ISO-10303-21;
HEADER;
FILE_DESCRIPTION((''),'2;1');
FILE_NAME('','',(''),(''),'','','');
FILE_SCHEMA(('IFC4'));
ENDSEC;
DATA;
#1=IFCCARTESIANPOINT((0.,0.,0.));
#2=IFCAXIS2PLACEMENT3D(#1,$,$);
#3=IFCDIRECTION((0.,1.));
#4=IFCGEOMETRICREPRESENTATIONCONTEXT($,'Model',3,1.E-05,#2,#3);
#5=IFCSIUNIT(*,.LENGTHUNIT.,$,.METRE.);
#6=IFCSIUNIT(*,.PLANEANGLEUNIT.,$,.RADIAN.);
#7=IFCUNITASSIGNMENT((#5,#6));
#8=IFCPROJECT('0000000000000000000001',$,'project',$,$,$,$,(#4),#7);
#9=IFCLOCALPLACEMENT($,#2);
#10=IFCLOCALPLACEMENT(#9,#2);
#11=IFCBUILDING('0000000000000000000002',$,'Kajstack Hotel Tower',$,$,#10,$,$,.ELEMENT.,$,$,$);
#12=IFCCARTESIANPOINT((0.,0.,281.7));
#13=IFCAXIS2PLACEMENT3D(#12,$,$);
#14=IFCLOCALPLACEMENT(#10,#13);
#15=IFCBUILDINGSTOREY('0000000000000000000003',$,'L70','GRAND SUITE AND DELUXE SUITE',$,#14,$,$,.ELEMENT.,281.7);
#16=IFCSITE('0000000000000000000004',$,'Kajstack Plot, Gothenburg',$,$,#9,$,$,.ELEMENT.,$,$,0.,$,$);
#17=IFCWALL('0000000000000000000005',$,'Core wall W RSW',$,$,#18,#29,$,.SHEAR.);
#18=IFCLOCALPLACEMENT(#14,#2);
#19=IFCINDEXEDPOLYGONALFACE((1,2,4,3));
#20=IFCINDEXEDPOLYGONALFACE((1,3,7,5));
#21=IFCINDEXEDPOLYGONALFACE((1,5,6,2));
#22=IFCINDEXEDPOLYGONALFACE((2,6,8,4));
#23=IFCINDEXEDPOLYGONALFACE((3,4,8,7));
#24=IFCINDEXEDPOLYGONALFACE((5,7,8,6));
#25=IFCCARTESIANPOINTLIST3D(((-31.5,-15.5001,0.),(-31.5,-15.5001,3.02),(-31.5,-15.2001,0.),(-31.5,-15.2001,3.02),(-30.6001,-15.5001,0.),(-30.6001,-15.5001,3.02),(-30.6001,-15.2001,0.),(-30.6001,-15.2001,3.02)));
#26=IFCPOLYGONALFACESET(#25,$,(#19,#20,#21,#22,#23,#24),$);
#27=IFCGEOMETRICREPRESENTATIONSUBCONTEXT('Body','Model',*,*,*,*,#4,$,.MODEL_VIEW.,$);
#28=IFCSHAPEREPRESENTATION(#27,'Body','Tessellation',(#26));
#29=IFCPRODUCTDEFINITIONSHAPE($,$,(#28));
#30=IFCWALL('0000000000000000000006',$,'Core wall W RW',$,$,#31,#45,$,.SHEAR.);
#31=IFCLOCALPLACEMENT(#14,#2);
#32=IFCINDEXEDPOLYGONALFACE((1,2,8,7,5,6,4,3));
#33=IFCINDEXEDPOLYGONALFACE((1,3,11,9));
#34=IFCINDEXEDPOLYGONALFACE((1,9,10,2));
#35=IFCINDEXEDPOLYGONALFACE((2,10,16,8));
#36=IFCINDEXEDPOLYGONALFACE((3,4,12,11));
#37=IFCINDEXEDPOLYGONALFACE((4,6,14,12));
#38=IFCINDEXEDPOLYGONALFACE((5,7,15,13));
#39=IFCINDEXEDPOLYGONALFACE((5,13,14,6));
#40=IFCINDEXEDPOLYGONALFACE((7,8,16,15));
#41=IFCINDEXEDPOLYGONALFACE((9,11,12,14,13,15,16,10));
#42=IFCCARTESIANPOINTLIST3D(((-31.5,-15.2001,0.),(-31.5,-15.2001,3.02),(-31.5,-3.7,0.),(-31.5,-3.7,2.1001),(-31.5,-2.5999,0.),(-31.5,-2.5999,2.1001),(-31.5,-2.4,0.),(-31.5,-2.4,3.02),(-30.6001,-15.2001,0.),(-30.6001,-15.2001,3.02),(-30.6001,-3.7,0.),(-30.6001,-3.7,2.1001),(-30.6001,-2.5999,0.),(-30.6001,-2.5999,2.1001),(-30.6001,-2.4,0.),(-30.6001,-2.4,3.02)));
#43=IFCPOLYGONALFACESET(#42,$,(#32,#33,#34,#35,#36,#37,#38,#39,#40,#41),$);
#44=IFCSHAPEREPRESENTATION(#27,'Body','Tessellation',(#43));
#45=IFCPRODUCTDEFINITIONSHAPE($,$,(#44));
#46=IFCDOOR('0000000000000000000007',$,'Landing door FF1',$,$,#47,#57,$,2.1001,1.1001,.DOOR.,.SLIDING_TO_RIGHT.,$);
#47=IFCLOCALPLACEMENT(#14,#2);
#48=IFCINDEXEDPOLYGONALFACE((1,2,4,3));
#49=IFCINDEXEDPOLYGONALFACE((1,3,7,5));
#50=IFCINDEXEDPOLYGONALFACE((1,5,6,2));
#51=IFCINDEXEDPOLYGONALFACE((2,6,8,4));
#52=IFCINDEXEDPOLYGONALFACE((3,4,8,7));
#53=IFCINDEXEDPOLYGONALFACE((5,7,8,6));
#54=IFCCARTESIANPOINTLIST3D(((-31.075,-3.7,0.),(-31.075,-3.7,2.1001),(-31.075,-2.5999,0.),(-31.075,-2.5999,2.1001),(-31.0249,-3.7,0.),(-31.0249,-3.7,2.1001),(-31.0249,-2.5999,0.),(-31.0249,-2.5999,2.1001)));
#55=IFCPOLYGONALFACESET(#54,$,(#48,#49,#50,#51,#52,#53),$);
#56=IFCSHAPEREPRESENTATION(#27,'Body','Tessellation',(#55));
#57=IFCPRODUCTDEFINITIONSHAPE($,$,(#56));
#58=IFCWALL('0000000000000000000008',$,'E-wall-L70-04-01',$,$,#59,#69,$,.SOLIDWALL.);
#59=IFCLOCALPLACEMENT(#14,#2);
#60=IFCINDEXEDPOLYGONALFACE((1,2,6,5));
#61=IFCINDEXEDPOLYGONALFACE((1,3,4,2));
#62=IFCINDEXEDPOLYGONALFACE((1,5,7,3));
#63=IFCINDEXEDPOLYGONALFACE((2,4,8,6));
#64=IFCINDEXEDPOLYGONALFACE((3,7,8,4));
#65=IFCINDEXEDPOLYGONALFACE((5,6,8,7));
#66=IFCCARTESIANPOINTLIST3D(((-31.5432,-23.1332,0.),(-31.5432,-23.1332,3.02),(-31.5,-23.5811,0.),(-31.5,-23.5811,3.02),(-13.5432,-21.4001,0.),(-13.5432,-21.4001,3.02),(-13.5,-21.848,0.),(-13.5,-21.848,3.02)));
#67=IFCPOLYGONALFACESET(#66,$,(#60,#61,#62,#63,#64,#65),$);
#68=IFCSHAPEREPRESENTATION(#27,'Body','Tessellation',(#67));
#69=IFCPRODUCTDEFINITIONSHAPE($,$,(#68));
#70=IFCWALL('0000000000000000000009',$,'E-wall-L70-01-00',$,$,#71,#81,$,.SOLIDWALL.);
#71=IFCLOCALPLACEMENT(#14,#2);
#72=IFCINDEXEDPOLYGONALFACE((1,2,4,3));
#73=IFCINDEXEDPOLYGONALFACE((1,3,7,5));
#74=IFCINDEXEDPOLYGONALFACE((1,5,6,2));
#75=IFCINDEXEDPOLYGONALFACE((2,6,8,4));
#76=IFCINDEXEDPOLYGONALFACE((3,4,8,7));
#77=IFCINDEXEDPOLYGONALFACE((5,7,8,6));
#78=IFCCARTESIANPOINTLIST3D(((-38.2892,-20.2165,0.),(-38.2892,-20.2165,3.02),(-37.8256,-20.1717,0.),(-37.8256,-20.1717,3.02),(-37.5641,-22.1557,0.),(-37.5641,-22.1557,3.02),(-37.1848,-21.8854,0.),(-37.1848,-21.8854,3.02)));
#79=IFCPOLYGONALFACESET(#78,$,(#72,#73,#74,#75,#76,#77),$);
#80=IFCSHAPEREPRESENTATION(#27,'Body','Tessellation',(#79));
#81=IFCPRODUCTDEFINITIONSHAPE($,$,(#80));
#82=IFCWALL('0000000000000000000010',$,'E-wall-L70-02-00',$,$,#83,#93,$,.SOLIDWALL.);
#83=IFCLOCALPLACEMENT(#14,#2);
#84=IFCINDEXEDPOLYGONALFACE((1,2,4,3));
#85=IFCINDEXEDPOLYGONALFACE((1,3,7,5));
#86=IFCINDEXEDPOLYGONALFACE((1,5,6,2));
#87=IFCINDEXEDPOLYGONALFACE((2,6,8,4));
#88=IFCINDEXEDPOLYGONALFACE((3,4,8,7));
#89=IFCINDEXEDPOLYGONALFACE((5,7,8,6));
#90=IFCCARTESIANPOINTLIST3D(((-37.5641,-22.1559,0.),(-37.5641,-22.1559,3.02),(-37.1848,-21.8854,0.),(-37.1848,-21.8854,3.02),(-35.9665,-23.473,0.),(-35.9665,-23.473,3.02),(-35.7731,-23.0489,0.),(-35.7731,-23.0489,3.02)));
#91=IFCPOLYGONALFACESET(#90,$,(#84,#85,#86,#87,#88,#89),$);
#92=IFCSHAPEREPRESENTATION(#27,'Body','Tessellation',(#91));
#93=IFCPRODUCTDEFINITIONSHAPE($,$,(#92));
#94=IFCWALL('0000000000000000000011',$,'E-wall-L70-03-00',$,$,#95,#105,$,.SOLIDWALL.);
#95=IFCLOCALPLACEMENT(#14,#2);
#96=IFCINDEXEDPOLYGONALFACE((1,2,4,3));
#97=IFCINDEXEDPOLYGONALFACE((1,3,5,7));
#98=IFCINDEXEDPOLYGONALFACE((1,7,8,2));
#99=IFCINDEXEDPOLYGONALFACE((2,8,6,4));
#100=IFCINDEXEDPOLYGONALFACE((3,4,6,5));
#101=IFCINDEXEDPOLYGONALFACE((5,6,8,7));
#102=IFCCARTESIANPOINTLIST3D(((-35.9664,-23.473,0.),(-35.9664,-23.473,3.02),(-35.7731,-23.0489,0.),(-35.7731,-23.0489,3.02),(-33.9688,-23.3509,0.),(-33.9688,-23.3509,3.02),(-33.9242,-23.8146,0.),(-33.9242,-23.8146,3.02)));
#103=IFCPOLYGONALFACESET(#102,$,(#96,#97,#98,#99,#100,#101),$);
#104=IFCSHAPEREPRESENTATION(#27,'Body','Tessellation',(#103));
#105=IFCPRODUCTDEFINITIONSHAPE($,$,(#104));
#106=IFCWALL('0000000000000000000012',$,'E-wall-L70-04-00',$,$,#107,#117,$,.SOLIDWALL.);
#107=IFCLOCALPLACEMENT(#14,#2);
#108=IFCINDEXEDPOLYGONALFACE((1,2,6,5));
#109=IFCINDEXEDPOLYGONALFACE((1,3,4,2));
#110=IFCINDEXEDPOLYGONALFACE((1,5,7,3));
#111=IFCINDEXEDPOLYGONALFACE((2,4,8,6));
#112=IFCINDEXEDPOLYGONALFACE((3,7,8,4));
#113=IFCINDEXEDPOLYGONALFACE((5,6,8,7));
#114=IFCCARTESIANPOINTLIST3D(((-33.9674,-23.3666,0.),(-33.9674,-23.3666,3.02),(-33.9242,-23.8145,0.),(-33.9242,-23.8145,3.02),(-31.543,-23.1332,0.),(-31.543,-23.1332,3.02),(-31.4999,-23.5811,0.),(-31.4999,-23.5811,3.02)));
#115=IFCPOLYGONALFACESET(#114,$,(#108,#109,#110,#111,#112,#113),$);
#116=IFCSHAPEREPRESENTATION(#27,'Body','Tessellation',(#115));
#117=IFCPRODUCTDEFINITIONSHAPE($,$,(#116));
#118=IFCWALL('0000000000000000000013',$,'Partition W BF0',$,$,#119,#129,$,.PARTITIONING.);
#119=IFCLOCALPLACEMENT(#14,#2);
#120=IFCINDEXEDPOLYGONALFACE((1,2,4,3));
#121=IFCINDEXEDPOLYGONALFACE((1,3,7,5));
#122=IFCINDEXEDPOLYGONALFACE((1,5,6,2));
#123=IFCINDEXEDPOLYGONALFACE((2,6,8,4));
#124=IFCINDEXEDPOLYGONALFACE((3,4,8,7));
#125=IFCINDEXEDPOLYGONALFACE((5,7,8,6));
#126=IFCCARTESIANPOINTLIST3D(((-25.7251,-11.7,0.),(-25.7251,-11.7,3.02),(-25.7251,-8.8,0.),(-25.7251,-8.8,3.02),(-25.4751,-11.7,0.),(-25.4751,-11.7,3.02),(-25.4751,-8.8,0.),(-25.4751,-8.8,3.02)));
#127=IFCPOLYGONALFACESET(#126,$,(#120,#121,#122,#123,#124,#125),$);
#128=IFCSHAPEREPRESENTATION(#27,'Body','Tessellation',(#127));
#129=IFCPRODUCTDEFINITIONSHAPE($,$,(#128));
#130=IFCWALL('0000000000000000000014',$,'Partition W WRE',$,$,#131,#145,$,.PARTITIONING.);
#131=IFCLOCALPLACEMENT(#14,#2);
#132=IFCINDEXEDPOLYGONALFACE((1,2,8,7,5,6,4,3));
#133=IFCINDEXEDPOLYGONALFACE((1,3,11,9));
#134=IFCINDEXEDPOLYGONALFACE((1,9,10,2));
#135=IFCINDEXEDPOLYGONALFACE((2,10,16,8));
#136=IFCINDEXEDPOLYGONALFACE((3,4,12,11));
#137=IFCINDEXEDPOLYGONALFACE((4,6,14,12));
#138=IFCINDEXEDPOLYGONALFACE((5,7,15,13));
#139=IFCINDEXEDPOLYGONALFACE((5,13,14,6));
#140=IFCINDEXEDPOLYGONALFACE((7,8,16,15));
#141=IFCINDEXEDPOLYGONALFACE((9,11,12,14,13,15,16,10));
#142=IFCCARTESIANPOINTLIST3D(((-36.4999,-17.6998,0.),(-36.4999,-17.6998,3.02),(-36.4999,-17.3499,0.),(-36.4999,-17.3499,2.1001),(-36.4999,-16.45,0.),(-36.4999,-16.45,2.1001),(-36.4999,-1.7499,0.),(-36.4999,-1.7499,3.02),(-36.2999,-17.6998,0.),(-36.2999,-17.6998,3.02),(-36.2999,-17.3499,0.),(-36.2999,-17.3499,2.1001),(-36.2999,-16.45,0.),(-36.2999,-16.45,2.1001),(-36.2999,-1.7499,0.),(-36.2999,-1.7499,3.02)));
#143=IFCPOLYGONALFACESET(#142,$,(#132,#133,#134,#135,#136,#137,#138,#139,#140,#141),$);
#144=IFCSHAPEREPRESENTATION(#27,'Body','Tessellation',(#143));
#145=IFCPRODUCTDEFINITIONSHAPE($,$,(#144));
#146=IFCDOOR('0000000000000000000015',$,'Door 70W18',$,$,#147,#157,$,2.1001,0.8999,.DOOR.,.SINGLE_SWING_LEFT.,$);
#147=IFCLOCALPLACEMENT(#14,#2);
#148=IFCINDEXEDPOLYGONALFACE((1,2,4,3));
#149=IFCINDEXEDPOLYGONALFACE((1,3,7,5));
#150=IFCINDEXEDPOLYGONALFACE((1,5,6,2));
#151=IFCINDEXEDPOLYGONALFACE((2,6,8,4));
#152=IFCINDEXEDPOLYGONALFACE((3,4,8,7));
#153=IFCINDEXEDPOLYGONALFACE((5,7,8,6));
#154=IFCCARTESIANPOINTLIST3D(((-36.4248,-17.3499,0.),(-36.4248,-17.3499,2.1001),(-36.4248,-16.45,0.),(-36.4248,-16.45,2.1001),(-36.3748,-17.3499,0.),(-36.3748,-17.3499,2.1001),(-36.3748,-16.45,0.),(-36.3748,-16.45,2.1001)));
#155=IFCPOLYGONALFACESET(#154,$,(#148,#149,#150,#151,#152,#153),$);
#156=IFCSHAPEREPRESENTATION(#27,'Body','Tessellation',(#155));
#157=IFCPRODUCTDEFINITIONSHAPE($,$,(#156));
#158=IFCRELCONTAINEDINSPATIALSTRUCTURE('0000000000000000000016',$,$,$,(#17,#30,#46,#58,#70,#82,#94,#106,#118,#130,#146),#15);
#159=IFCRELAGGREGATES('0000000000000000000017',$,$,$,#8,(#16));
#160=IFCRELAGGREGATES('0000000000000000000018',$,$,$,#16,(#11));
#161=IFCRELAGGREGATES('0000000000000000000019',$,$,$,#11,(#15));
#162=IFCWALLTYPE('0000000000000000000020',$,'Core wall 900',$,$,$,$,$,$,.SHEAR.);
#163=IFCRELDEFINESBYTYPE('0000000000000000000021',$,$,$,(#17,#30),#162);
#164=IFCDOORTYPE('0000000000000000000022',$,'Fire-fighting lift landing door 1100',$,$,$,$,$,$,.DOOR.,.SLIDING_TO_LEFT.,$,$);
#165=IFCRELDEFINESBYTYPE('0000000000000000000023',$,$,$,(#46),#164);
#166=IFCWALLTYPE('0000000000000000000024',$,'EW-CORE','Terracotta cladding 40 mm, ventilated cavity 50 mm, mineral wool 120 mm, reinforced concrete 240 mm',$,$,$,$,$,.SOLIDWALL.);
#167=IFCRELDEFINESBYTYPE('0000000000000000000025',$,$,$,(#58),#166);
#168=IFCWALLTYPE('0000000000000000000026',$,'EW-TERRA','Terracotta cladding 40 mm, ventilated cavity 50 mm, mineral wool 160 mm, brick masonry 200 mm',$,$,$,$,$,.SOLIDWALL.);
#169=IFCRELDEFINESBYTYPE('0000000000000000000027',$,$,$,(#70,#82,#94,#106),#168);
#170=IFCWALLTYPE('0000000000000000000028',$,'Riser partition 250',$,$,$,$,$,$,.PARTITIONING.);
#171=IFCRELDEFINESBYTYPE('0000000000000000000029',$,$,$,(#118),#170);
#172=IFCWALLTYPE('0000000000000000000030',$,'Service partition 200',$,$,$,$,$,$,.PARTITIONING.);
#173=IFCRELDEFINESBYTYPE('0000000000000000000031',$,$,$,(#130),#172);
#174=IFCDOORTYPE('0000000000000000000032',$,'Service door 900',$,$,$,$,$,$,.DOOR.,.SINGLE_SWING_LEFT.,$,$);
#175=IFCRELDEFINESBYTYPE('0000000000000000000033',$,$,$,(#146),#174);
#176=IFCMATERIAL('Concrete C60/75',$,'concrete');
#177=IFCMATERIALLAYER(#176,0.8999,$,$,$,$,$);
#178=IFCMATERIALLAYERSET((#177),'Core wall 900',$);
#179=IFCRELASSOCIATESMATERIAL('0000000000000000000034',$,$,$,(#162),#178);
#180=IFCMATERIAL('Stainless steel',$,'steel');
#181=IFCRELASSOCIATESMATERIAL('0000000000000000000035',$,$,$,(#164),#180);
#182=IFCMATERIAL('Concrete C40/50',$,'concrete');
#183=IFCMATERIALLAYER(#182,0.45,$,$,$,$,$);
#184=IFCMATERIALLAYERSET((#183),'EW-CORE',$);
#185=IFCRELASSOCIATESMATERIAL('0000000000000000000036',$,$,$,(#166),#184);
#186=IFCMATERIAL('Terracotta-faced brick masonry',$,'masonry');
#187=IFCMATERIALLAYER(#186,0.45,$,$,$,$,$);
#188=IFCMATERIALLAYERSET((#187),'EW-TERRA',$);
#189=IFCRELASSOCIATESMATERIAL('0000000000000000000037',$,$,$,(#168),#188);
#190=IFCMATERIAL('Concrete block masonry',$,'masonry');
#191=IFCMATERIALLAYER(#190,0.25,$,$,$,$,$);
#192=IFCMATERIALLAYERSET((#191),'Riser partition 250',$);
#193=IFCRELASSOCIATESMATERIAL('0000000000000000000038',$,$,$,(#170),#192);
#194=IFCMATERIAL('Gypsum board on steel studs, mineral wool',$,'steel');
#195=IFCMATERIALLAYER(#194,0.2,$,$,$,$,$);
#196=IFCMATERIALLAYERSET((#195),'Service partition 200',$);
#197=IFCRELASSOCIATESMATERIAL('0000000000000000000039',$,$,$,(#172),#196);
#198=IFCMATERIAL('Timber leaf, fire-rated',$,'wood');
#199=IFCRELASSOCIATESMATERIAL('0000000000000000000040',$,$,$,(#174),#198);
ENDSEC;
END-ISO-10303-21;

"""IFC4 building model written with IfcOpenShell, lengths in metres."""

from ifc_helpers import new_model, si_unit, direction, frame, frame_2d, origin, place, context, subcontext, project, spatial, polyline, rectangle, outline, extrude, material, layer, layer_set, type_object, element, fill, save


model = new_model("IFC4")

# Units and contexts
model_context = context("Model", 3, precision=1e-05, world=origin(), true_north=direction((0.0, 1.0)))
body_context = subcontext(model_context, "Body", "Model", "MODEL_VIEW")
ifc_project = project(units=[si_unit("LENGTHUNIT", "METRE"), si_unit("PLANEANGLEUNIT", "RADIAN")], contexts=[model_context])

# Site, building, storey
site_placement = place(None, origin())
site = spatial("IfcSite", under=ifc_project, at=site_placement, Name="Kajstack Plot, Gothenburg", CompositionType="ELEMENT", RefElevation=0.0)
building_placement = place(site_placement, origin())
building = spatial("IfcBuilding", under=site, at=building_placement, Name="Kajstack Hotel Tower", CompositionType="ELEMENT")
storey_placement = place(building_placement, frame((0.0, 0.0, 281.7)))
storey = spatial("IfcBuildingStorey", under=building, at=storey_placement, Name="L70", Description="GRAND SUITE AND DELUXE SUITE", CompositionType="ELEMENT", Elevation=281.7)

# Wall
ifc_material_1 = material(Name="Concrete C60/75", Category="concrete")
ifc_layer_1 = layer(ifc_material_1, 0.8999)
ifc_layer_set_1 = layer_set([ifc_layer_1], Name="Core wall 900")
wall_type_1 = type_object("IfcWallType", Name="Core wall 900", PredefinedType="SHEAR", material=ifc_layer_set_1)
wall_1_placement = place(storey_placement, frame((-31.5, -15.3501, 0.0), z_axis=(0.0, 0.0, 1.0), x_axis=(1.0, 0.0, 0.0)))
element("IfcWall", 1, at=wall_1_placement, inside=storey, type_object=wall_type_1, Name="Core wall W RSW", PredefinedType="SHEAR", context=body_context, shape_type="SweptSolid", body=[
    extrude(rectangle(XDim=0.8999, YDim=0.3, at=frame_2d((0.45, 0.0))), origin(), (0.0, 0.0, 1.0), 3.02),
])

# Wall, opening, door
wall_2_placement = place(storey_placement, frame((-31.05, -15.2, 0.0), z_axis=(0.0, 0.0, 1.0), x_axis=(0.0, 1.0, 0.0)))
wall_2 = element("IfcWall", 2, at=wall_2_placement, inside=storey, type_object=wall_type_1, Name="Core wall W RW", PredefinedType="SHEAR", context=body_context, shape_type="SweptSolid", body=[
    extrude(rectangle(XDim=12.8, YDim=0.8999, at=frame_2d((6.3999, 0.0))), origin(), (0.0, 0.0, 1.0), 3.02),
])
opening_1_placement = place(wall_2_placement, frame((11.5, 0.0, 0.0)))
opening_1 = element("IfcOpeningElement", 3, at=opening_1_placement, cuts=wall_2, PredefinedType="OPENING", context=body_context, shape_type="SweptSolid", body=[
    extrude(rectangle(XDim=1.1001, YDim=2.1001, at=frame_2d((0.55, 1.05))), frame((0.0, 0.46, 0.0), z_axis=(0.0, -1.0, 0.0), x_axis=(1.0, 0.0, 0.0)), (0.0, 0.0, 1.0), 0.9199),
])
ifc_material_2 = material(Name="Stainless steel", Category="steel")
door_type_1 = type_object("IfcDoorType", Name="Fire-fighting lift landing door 1100", OperationType="SLIDING_TO_LEFT", PredefinedType="DOOR", material=ifc_material_2)
door_1_placement = place(opening_1_placement, origin())
door_1 = element("IfcDoor", 4, at=door_1_placement, inside=storey, type_object=door_type_1, Name="Landing door FF1", OperationType="SLIDING_TO_RIGHT", OverallHeight=2.1001, OverallWidth=1.1001, PredefinedType="DOOR", context=body_context, shape_type="SweptSolid", body=[
    extrude(rectangle(XDim=1.1001, YDim=2.1001, at=frame_2d((0.55, 1.05))), frame((0.0, 0.0249, 0.0), z_axis=(0.0, -1.0, 0.0), x_axis=(1.0, 0.0, 0.0)), (0.0, 0.0, 1.0), 0.05),
])
fill(opening_1, door_1)

# Walls
ifc_material_3 = material(Name="Concrete C40/50", Category="concrete")
ifc_layer_2 = layer(ifc_material_3, 0.45)
ifc_layer_set_2 = layer_set([ifc_layer_2], Name="EW-CORE")
wall_type_2 = type_object("IfcWallType", Name="EW-CORE", Description="Terracotta cladding 40 mm, ventilated cavity 50 mm, mineral wool 120 mm, reinforced concrete 240 mm", PredefinedType="SOLIDWALL", material=ifc_layer_set_2)
wall_3_placement = place(storey_placement, frame((-31.5215, -23.3572, 0.0), z_axis=(0.0, 0.0, 1.0), x_axis=(0.995396, 0.095843, 0.0)))
element("IfcWall", 5, at=wall_3_placement, inside=storey, type_object=wall_type_2, Name="E-wall-L70-04-01", PredefinedType="SOLIDWALL", context=body_context, shape_type="SweptSolid", body=[
    extrude(rectangle(XDim=18.0833, YDim=0.45, at=frame_2d((9.0415, 0.0))), origin(), (0.0, 0.0, 1.0), 3.02),
])
ifc_material_4 = material(Name="Terracotta-faced brick masonry", Category="masonry")
ifc_layer_3 = layer(ifc_material_4, 0.45)
ifc_layer_set_3 = layer_set([ifc_layer_3], Name="EW-TERRA")
wall_type_3 = type_object("IfcWallType", Name="EW-TERRA", Description="Terracotta cladding 40 mm, ventilated cavity 50 mm, mineral wool 160 mm, brick masonry 200 mm", PredefinedType="SOLIDWALL", material=ifc_layer_set_3)
wall_4_placement = place(storey_placement, frame((-38.0784, -20.1377, 0.0), z_axis=(0.0, 0.0, 1.0), x_axis=(0.350232, -0.936663, 0.0)))
element("IfcWall", 6, at=wall_4_placement, inside=storey, type_object=wall_type_3, Name="E-wall-L70-01-00", PredefinedType="SOLIDWALL", context=body_context, shape_type="SweptSolid", body=[
    extrude(outline(polyline([(0.0, -0.2251), (2.0703, -0.2251), (1.95, 0.2249), (0.1204, 0.2249), (0.0, -0.2251)])), origin(), (0.0, 0.0, 1.0), 3.02),
])
wall_5_placement = place(storey_placement, frame((-37.4209, -21.9822, 0.0), z_axis=(0.0, 0.0, 1.0), x_axis=(0.771593, -0.636116, 0.0)))
element("IfcWall", 7, at=wall_5_placement, inside=storey, type_object=wall_type_3, Name="E-wall-L70-02-00", PredefinedType="SOLIDWALL", context=body_context, shape_type="SweptSolid", body=[
    extrude(outline(polyline([(0.0, -0.2251), (2.0706, -0.2251), (1.95, 0.2251), (0.1206, 0.2249), (0.0, -0.2251)])), origin(), (0.0, 0.0, 1.0), 3.02),
])
wall_6_placement = place(storey_placement, frame((-35.9292, -23.251, 0.0), z_axis=(0.0, 0.0, 1.0), x_axis=(0.986279, -0.165087, 0.0)))
element("IfcWall", 8, at=wall_6_placement, inside=storey, type_object=wall_type_3, Name="E-wall-L70-03-00", PredefinedType="SOLIDWALL", context=body_context, shape_type="SweptSolid", body=[
    extrude(outline(polyline([(0.0, -0.2251), (2.0706, -0.2249), (1.95, 0.2251), (0.1206, 0.2251), (0.0, -0.2251)])), origin(), (0.0, 0.0, 1.0), 3.02),
])
wall_7_placement = place(storey_placement, frame((-33.9458, -23.5906, 0.0), z_axis=(0.0, 0.0, 1.0), x_axis=(0.995398, 0.095831, 0.0)))
element("IfcWall", 9, at=wall_7_placement, inside=storey, type_object=wall_type_3, Name="E-wall-L70-04-00", PredefinedType="SOLIDWALL", context=body_context, shape_type="SweptSolid", body=[
    extrude(rectangle(XDim=2.4355, YDim=0.45, at=frame_2d((1.2178, 0.0))), origin(), (0.0, 0.0, 1.0), 3.02),
])
ifc_material_5 = material(Name="Concrete block masonry", Category="masonry")
ifc_layer_4 = layer(ifc_material_5, 0.25)
ifc_layer_set_4 = layer_set([ifc_layer_4], Name="Riser partition 250")
wall_type_4 = type_object("IfcWallType", Name="Riser partition 250", PredefinedType="PARTITIONING", material=ifc_layer_set_4)
wall_8_placement = place(storey_placement, frame((-25.6001, -11.7, 0.0), z_axis=(0.0, 0.0, 1.0), x_axis=(0.0, 1.0, 0.0)))
element("IfcWall", 10, at=wall_8_placement, inside=storey, type_object=wall_type_4, Name="Partition W BF0", PredefinedType="PARTITIONING", context=body_context, shape_type="SweptSolid", body=[
    extrude(rectangle(XDim=2.8999, YDim=0.25, at=frame_2d((1.45, 0.0))), origin(), (0.0, 0.0, 1.0), 3.02),
])

# Wall, opening, door
ifc_material_6 = material(Name="Gypsum board on steel studs, mineral wool", Category="steel")
ifc_layer_5 = layer(ifc_material_6, 0.2)
ifc_layer_set_5 = layer_set([ifc_layer_5], Name="Service partition 200")
wall_type_5 = type_object("IfcWallType", Name="Service partition 200", PredefinedType="PARTITIONING", material=ifc_layer_set_5)
wall_9_placement = place(storey_placement, frame((-36.3999, -17.7, 0.0), z_axis=(0.0, 0.0, 1.0), x_axis=(0.0, 1.0, 0.0)))
wall_9 = element("IfcWall", 11, at=wall_9_placement, inside=storey, type_object=wall_type_5, Name="Partition W WRE", PredefinedType="PARTITIONING", context=body_context, shape_type="SweptSolid", body=[
    extrude(rectangle(XDim=15.95, YDim=0.2, at=frame_2d((7.9751, 0.0))), origin(), (0.0, 0.0, 1.0), 3.02),
])
opening_2_placement = place(wall_9_placement, frame((0.3501, 0.0, 0.0)))
opening_2 = element("IfcOpeningElement", 12, at=opening_2_placement, cuts=wall_9, PredefinedType="OPENING", context=body_context, shape_type="SweptSolid", body=[
    extrude(rectangle(XDim=0.8999, YDim=2.1001, at=frame_2d((0.45, 1.05))), frame((0.0, 0.1099, 0.0), z_axis=(0.0, -1.0, 0.0), x_axis=(1.0, 0.0, 0.0)), (0.0, 0.0, 1.0), 0.22),
])
ifc_material_7 = material(Name="Timber leaf, fire-rated", Category="wood")
door_type_2 = type_object("IfcDoorType", Name="Service door 900", OperationType="SINGLE_SWING_LEFT", PredefinedType="DOOR", material=ifc_material_7)
door_2_placement = place(opening_2_placement, origin())
door_2 = element("IfcDoor", 13, at=door_2_placement, inside=storey, type_object=door_type_2, Name="Door 70W18", OperationType="SINGLE_SWING_LEFT", OverallHeight=2.1001, OverallWidth=0.8999, PredefinedType="DOOR", context=body_context, shape_type="SweptSolid", body=[
    extrude(rectangle(XDim=0.8999, YDim=2.1001, at=frame_2d((0.45, 1.05))), frame((0.0, 0.0249, 0.0), z_axis=(0.0, -1.0, 0.0), x_axis=(1.0, 0.0, 0.0)), (0.0, 0.0, 1.0), 0.05),
])
fill(opening_2, door_2)

save(model, "model.ifc")
